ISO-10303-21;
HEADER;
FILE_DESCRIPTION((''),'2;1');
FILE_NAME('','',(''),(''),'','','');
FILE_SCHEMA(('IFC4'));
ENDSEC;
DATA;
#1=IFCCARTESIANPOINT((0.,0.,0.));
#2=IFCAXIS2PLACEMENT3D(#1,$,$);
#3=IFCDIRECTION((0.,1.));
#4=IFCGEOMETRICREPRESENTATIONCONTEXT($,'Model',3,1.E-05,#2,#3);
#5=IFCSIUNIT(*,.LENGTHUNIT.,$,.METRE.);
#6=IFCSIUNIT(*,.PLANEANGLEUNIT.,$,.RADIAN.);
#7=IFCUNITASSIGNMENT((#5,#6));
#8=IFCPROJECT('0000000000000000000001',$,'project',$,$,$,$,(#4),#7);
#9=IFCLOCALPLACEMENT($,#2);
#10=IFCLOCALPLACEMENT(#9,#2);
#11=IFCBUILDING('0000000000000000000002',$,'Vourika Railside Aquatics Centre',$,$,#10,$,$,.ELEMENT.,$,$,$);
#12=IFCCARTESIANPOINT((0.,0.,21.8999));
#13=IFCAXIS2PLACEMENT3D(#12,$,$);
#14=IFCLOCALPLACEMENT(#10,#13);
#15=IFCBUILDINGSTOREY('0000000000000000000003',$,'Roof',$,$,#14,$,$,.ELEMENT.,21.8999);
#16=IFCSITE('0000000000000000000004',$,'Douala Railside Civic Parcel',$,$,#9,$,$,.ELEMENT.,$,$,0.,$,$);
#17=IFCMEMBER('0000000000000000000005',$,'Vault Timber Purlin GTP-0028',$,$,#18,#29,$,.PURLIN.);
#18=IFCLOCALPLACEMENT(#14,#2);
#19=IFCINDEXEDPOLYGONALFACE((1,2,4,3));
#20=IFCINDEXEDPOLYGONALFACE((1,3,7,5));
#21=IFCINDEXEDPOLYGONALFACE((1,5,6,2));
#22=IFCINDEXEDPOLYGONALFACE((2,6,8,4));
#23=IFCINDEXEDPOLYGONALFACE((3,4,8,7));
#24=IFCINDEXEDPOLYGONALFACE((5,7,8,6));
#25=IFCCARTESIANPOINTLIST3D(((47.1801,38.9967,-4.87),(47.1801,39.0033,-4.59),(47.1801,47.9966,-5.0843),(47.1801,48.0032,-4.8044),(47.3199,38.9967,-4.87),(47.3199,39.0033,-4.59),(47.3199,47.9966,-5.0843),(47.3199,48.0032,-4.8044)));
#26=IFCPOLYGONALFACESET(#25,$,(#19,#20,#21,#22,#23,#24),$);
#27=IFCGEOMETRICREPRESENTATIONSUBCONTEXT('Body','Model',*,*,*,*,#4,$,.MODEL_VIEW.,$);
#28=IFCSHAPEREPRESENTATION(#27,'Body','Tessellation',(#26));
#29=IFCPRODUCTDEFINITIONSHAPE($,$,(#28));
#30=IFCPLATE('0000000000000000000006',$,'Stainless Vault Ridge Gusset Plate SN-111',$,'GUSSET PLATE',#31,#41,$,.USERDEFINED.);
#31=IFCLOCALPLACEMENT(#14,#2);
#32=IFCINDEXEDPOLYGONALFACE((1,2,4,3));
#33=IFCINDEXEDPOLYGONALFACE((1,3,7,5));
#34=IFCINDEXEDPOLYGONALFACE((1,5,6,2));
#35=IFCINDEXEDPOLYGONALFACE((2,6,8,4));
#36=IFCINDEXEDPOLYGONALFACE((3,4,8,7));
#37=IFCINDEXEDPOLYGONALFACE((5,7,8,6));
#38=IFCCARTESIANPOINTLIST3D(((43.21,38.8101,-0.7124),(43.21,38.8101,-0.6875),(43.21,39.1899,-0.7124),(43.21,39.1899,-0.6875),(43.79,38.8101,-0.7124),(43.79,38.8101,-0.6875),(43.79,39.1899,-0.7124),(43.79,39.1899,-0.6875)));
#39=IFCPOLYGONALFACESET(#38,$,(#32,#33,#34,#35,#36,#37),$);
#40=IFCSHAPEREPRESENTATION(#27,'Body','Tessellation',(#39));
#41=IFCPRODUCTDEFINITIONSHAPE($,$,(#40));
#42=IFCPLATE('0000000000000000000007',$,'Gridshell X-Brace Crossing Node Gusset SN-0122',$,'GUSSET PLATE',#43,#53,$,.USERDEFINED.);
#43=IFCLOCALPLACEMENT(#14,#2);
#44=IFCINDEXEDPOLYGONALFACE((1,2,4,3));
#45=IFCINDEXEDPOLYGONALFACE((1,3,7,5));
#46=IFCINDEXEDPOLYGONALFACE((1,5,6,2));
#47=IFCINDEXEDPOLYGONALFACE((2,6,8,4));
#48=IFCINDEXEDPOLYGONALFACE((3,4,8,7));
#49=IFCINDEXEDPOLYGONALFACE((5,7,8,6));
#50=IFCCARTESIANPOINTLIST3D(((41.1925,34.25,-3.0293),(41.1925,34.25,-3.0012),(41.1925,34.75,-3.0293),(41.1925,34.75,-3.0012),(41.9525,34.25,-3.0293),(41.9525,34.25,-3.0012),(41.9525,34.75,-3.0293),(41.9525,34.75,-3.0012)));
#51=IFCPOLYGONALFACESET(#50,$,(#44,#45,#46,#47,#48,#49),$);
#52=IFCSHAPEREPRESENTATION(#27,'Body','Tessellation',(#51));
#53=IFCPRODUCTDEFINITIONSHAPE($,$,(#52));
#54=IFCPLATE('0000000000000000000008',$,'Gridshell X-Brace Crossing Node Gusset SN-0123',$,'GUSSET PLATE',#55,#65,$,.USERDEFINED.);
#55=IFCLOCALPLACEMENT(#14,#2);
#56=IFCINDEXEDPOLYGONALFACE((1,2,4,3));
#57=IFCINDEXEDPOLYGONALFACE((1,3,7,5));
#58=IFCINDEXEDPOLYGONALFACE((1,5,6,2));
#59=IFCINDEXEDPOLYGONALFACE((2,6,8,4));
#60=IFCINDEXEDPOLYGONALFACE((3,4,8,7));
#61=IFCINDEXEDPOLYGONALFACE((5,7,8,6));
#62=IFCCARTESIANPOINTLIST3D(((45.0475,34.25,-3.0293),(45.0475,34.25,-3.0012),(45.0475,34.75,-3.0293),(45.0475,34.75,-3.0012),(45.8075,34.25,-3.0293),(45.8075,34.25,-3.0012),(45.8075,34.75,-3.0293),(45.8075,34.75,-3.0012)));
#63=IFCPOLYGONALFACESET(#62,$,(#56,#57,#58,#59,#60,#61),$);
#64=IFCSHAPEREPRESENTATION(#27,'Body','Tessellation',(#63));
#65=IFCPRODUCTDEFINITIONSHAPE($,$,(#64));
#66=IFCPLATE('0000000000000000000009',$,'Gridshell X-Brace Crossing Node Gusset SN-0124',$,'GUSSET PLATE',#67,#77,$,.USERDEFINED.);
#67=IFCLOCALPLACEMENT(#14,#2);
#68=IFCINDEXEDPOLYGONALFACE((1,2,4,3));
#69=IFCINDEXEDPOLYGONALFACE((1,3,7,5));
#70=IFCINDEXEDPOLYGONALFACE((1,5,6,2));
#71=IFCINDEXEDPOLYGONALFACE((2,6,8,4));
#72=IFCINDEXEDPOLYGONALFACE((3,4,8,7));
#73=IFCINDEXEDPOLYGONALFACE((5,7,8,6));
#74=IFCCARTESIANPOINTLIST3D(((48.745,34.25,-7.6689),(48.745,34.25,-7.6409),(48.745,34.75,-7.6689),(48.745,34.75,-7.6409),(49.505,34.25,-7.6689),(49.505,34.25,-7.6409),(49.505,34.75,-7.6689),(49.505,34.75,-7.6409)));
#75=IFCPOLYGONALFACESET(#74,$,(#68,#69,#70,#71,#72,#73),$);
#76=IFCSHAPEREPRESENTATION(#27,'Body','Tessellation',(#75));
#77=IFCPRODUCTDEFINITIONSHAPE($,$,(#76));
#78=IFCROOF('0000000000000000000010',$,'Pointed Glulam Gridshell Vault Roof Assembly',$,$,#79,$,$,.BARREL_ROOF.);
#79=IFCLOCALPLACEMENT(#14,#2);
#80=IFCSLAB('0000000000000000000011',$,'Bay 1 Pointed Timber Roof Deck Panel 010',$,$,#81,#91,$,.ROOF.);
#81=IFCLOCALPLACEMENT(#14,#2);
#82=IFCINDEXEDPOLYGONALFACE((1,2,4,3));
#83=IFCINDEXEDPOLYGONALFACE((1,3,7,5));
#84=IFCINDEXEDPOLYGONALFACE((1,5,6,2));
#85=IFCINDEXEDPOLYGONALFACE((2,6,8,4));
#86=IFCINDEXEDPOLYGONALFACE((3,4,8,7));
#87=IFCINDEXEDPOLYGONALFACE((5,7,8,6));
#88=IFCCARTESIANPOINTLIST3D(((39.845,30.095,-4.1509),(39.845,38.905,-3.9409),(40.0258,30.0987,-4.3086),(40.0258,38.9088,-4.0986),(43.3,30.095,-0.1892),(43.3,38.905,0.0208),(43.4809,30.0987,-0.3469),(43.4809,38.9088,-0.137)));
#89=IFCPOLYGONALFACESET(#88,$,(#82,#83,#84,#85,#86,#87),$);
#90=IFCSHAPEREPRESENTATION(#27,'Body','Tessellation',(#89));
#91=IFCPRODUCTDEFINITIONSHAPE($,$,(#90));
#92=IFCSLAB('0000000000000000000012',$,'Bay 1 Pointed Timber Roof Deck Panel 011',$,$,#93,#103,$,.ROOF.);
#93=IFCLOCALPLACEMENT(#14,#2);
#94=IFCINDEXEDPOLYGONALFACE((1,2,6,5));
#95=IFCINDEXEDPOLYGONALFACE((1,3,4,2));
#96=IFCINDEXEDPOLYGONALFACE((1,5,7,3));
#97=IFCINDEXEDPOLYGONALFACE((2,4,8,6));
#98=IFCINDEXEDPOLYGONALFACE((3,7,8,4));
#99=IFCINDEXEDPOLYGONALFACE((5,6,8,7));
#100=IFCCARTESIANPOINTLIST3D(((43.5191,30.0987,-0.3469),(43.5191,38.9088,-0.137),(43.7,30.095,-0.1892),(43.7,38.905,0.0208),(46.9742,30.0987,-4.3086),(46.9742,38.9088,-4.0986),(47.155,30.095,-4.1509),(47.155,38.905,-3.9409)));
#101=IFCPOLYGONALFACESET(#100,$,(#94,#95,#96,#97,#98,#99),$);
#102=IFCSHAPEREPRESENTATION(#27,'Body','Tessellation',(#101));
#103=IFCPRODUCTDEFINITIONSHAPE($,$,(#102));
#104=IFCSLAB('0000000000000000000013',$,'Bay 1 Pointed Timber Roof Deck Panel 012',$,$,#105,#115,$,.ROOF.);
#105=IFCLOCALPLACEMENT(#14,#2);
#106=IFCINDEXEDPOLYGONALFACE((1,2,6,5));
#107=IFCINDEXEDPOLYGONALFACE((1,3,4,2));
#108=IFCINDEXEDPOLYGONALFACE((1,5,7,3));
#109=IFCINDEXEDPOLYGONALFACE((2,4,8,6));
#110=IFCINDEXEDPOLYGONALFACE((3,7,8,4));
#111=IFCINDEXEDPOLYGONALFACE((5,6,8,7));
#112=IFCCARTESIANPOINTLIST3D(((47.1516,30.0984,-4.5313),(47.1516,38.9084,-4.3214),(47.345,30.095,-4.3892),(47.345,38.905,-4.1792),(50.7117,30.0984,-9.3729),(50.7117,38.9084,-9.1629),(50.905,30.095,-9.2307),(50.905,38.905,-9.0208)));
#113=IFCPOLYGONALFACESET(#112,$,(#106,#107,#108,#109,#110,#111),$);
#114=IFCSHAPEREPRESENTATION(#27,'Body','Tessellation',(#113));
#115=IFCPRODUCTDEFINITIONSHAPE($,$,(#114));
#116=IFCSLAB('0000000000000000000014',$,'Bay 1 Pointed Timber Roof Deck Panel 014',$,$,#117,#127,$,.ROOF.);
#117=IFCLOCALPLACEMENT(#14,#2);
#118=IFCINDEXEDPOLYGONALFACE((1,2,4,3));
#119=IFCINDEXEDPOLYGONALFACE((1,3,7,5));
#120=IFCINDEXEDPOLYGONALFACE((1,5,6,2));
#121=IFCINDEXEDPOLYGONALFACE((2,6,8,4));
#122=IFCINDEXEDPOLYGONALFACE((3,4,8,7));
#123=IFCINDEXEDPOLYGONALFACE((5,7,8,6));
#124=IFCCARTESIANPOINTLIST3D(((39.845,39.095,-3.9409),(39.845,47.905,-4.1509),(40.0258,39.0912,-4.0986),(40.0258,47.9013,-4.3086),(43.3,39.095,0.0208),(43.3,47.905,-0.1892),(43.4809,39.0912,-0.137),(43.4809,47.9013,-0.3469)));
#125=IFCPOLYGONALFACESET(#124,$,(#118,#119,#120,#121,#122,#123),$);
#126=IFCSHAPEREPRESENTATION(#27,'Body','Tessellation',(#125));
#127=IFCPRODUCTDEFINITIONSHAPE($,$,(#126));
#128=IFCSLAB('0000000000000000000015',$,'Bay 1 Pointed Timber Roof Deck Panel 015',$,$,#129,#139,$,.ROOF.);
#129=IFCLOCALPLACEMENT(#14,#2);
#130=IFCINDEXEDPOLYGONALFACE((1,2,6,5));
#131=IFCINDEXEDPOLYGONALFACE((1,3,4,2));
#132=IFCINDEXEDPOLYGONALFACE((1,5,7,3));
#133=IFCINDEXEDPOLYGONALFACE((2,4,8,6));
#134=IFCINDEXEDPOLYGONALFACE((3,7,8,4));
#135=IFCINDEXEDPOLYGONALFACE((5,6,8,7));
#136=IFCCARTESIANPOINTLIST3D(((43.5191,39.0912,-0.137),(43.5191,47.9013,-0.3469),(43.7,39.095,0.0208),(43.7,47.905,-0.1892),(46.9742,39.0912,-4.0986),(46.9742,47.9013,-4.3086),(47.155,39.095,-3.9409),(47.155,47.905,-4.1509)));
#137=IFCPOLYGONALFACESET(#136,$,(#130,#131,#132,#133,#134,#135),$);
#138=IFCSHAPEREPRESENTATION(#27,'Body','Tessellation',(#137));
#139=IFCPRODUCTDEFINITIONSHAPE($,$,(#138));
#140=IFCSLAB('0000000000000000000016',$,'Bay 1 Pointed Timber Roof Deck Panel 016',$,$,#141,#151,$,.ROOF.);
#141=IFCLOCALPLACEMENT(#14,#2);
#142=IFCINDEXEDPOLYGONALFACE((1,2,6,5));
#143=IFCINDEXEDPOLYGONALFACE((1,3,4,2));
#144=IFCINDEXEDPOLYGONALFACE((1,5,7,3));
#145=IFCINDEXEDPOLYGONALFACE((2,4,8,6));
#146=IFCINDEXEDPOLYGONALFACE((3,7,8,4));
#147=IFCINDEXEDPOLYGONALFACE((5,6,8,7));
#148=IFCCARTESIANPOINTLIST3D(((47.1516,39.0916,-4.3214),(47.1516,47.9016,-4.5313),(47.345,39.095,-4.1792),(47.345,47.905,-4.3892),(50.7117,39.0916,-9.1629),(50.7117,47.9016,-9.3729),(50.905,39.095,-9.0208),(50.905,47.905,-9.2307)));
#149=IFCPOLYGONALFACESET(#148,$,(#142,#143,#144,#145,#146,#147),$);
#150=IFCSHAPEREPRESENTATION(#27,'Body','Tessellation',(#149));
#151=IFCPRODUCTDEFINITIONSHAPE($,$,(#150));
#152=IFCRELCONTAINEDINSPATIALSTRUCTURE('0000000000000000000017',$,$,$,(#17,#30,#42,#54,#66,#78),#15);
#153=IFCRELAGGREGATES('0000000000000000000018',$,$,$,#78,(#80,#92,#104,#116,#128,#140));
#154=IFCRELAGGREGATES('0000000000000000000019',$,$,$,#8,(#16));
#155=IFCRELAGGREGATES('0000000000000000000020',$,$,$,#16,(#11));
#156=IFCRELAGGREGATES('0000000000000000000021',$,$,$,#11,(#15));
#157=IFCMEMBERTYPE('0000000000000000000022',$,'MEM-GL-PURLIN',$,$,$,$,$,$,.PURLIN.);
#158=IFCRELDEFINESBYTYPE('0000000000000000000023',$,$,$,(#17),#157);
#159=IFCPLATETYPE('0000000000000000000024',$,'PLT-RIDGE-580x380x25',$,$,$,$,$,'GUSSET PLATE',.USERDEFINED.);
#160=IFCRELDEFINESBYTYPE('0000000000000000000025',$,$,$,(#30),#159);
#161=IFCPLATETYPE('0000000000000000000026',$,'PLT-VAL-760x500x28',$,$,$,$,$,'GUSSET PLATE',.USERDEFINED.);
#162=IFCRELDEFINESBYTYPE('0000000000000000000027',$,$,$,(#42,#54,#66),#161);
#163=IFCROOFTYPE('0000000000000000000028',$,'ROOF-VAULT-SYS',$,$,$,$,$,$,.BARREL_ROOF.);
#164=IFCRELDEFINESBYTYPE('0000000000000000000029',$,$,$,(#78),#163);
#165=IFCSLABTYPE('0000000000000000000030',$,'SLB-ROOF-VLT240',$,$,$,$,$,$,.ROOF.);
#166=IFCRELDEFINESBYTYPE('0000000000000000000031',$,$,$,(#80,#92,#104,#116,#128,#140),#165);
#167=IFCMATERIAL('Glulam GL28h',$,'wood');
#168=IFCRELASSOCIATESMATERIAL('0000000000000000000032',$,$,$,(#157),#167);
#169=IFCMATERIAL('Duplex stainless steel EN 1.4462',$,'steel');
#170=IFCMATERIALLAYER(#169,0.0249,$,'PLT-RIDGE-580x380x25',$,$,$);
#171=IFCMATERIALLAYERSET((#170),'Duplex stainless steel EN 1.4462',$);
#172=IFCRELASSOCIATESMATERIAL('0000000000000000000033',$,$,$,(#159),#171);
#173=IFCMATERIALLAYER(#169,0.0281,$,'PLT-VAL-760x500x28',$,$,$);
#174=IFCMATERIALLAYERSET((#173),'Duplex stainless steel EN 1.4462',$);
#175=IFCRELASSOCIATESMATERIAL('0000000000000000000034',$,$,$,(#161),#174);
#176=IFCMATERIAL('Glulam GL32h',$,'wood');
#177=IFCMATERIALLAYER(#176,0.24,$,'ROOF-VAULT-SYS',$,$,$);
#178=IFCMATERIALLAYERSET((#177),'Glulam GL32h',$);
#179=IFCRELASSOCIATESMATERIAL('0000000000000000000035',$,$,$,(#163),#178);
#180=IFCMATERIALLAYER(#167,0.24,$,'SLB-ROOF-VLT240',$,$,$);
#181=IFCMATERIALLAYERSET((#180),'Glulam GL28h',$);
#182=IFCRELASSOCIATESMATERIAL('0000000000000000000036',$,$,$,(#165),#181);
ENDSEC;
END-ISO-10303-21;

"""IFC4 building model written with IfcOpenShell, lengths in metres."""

from ifc_helpers import new_model, si_unit, direction, frame, origin, origin_2d, place, context, subcontext, project, spatial, polyline, rectangle, outline, extrude, material, layer, layer_set, material_profile, profile_set, type_object, element, aggregate, save


model = new_model("IFC4")

# Units and contexts
model_context = context("Model", 3, precision=1e-05, world=origin(), true_north=direction((0.0, 1.0)))
body_context = subcontext(model_context, "Body", "Model", "MODEL_VIEW")
ifc_project = project(units=[si_unit("LENGTHUNIT", "METRE"), si_unit("PLANEANGLEUNIT", "RADIAN")], contexts=[model_context])

# Site, building, storey
site_placement = place(None, origin())
site = spatial("IfcSite", under=ifc_project, at=site_placement, Name="Douala Railside Civic Parcel", CompositionType="ELEMENT", RefElevation=0.0)
building_placement = place(site_placement, origin())
building = spatial("IfcBuilding", under=site, at=building_placement, Name="Vourika Railside Aquatics Centre", CompositionType="ELEMENT")
storey_placement = place(building_placement, frame((0.0, 0.0, 21.8999)))
storey = spatial("IfcBuildingStorey", under=building, at=storey_placement, Name="Roof", CompositionType="ELEMENT", Elevation=21.8999)

# Shared definitions
ifc_material_1 = material(Name="Glulam GL32h", Category="wood")

# Member
ifc_material_2 = material(Name="Glulam GL28h", Category="wood")
ifc_material_profile_1 = material_profile(ifc_material_2, rectangle(XDim=0.1399, YDim=0.28, at=origin_2d()), Name="GL28h 140x280")
ifc_profile_set_1 = profile_set([ifc_material_profile_1], Name="Glulam GL28h")
member_type_1 = type_object("IfcMemberType", Name="MEM-GL-PURLIN", PredefinedType="PURLIN", material=ifc_profile_set_1)
for number, where, z_axis, x_axis, name in (
    (1, (47.25, 39.0, -4.73), (0.0, 0.999716, -0.023811), (-1.0, 0.0, 0.0), "Vault Timber Purlin GTP-0028"),
):
    element("IfcMember", number, at=place(storey_placement, frame(where, z_axis=z_axis, x_axis=x_axis)), inside=storey, type_object=member_type_1, Name=name, PredefinedType="PURLIN", context=body_context, shape_type="SweptSolid", body=[
        extrude(rectangle(XDim=0.1399, YDim=0.28, at=origin_2d()), origin(), (0.0, 0.0, 1.0), 9.0024),
    ])

# Plates
ifc_material_3 = material(Name="Duplex stainless steel EN 1.4462", Category="steel")
ifc_layer_1 = layer(ifc_material_3, 0.0249, Name="PLT-RIDGE-580x380x25")
ifc_layer_set_1 = layer_set([ifc_layer_1], Name="Duplex stainless steel EN 1.4462")
plate_type_1 = type_object("IfcPlateType", Name="PLT-RIDGE-580x380x25", ElementType="GUSSET PLATE", PredefinedType="USERDEFINED", material=ifc_layer_set_1)
plate_placement = place(storey_placement, frame((43.5, 39.0, -0.7124), z_axis=(0.0, 0.0, 1.0), x_axis=(1.0, 0.0, 0.0)))
element("IfcPlate", 2, at=plate_placement, inside=storey, type_object=plate_type_1, Name="Stainless Vault Ridge Gusset Plate SN-111", ObjectType="GUSSET PLATE", PredefinedType="USERDEFINED", context=body_context, shape_type="SweptSolid", body=[
    extrude(rectangle(XDim=0.5801, YDim=0.3799, at=origin_2d()), origin(), (0.0, 0.0, 1.0), 0.0249),
])
ifc_layer_2 = layer(ifc_material_3, 0.0281, Name="PLT-VAL-760x500x28")
ifc_layer_set_2 = layer_set([ifc_layer_2], Name="Duplex stainless steel EN 1.4462")
plate_type_2 = type_object("IfcPlateType", Name="PLT-VAL-760x500x28", ElementType="GUSSET PLATE", PredefinedType="USERDEFINED", material=ifc_layer_set_2)
for number, where, z_axis, x_axis, name in (
    (3, (41.5725, 34.5, -3.0293), (0.0, 0.0, 1.0), (1.0, 0.0, 0.0), "Gridshell X-Brace Crossing Node Gusset SN-0122"),
    (4, (45.4275, 34.5, -3.0293), (0.0, 0.0, 1.0), (1.0, 0.0, 0.0), "Gridshell X-Brace Crossing Node Gusset SN-0123"),
    (5, (49.125, 34.5, -7.6689), (0.0, 0.0, 1.0), (1.0, 0.0, 0.0), "Gridshell X-Brace Crossing Node Gusset SN-0124"),
):
    element("IfcPlate", number, at=place(storey_placement, frame(where, z_axis=z_axis, x_axis=x_axis)), inside=storey, type_object=plate_type_2, Name=name, ObjectType="GUSSET PLATE", PredefinedType="USERDEFINED", context=body_context, shape_type="SweptSolid", body=[
        extrude(rectangle(XDim=0.76, YDim=0.5, at=origin_2d()), origin(), (0.0, 0.0, 1.0), 0.0281),
    ])

# Roof, slabs
ifc_layer_3 = layer(ifc_material_1, 0.24, Name="ROOF-VAULT-SYS")
ifc_layer_set_3 = layer_set([ifc_layer_3], Name="Glulam GL32h")
roof_type = type_object("IfcRoofType", Name="ROOF-VAULT-SYS", PredefinedType="BARREL_ROOF", material=ifc_layer_set_3)
roof_placement = place(storey_placement, origin())
roof = element("IfcRoof", 6, at=roof_placement, inside=storey, type_object=roof_type, Name="Pointed Glulam Gridshell Vault Roof Assembly", PredefinedType="BARREL_ROOF")
ifc_layer_4 = layer(ifc_material_2, 0.24, Name="SLB-ROOF-VLT240")
ifc_layer_set_4 = layer_set([ifc_layer_4], Name="Glulam GL28h")
slab_type = type_object("IfcSlabType", Name="SLB-ROOF-VLT240", PredefinedType="ROOF", material=ifc_layer_set_4)
slab_1_placement = place(storey_placement, frame((39.845, 30.095, -4.1509), z_axis=(-0.753556, -0.015662, 0.657197), x_axis=(0.657277, 0.0, 0.753649)))
slab_1 = element("IfcSlab", 7, at=slab_1_placement, type_object=slab_type, Name="Bay 1 Pointed Timber Roof Deck Panel 010", PredefinedType="ROOF", context=body_context, shape_type="SweptSolid", body=[
    extrude(outline(polyline([(0.0, 0.0), (5.2567, 0.0), (5.4149, 8.8111), (0.1582, 8.8111), (0.0, 0.0)])), origin(), (0.0, 0.0, -1.0), 0.24),
])
slab_2_placement = place(storey_placement, frame((43.7, 30.095, -0.1892), z_axis=(0.753556, -0.015662, 0.657197), x_axis=(0.657277, 0.0, -0.753649)))
slab_2 = element("IfcSlab", 8, at=slab_2_placement, type_object=slab_type, Name="Bay 1 Pointed Timber Roof Deck Panel 011", PredefinedType="ROOF", context=body_context, shape_type="SweptSolid", body=[
    extrude(outline(polyline([(0.0, 0.0), (5.2567, 0.0), (5.0984, 8.8111), (-0.1582, 8.8111), (0.0, 0.0)])), origin(), (0.0, 0.0, -1.0), 0.24),
])
slab_3_placement = place(storey_placement, frame((47.345, 30.095, -4.3892), z_axis=(0.805563, -0.014117, 0.592342), x_axis=(0.592401, 0.0, -0.805644)))
slab_3 = element("IfcSlab", 9, at=slab_3_placement, type_object=slab_type, Name="Bay 1 Pointed Timber Roof Deck Panel 012", PredefinedType="ROOF", context=body_context, shape_type="SweptSolid", body=[
    extrude(outline(polyline([(0.0, 0.0), (6.0095, 0.0), (5.8404, 8.8109), (-0.1692, 8.8109), (0.0, 0.0)])), origin(), (0.0, 0.0, -1.0), 0.24),
])
slab_4_placement = place(storey_placement, frame((39.845, 39.095, -3.9409), z_axis=(-0.753556, 0.015662, 0.657197), x_axis=(0.657277, 0.0, 0.753649)))
slab_4 = element("IfcSlab", 10, at=slab_4_placement, type_object=slab_type, Name="Bay 1 Pointed Timber Roof Deck Panel 014", PredefinedType="ROOF", context=body_context, shape_type="SweptSolid", body=[
    extrude(outline(polyline([(0.0, 0.0), (5.2567, 0.0), (5.0984, 8.8111), (-0.1582, 8.8111), (0.0, 0.0)])), origin(), (0.0, 0.0, -1.0), 0.24),
])
slab_5_placement = place(storey_placement, frame((43.7, 39.095, 0.0208), z_axis=(0.753556, 0.015662, 0.657197), x_axis=(0.657277, 0.0, -0.753649)))
slab_5 = element("IfcSlab", 11, at=slab_5_placement, type_object=slab_type, Name="Bay 1 Pointed Timber Roof Deck Panel 015", PredefinedType="ROOF", context=body_context, shape_type="SweptSolid", body=[
    extrude(outline(polyline([(0.0, 0.0), (5.2567, 0.0), (5.4149, 8.8111), (0.1582, 8.8111), (0.0, 0.0)])), origin(), (0.0, 0.0, -1.0), 0.24),
])
slab_6_placement = place(storey_placement, frame((47.345, 39.095, -4.1792), z_axis=(0.805563, 0.014117, 0.592342), x_axis=(0.592401, 0.0, -0.805644)))
slab_6 = element("IfcSlab", 12, at=slab_6_placement, type_object=slab_type, Name="Bay 1 Pointed Timber Roof Deck Panel 016", PredefinedType="ROOF", context=body_context, shape_type="SweptSolid", body=[
    extrude(outline(polyline([(0.0, 0.0), (6.0095, 0.0), (6.1787, 8.8109), (0.1692, 8.8109), (0.0, 0.0)])), origin(), (0.0, 0.0, -1.0), 0.24),
])
aggregate(roof, [slab_1, slab_2, slab_3, slab_4, slab_5, slab_6])

save(model, "model.ifc")
